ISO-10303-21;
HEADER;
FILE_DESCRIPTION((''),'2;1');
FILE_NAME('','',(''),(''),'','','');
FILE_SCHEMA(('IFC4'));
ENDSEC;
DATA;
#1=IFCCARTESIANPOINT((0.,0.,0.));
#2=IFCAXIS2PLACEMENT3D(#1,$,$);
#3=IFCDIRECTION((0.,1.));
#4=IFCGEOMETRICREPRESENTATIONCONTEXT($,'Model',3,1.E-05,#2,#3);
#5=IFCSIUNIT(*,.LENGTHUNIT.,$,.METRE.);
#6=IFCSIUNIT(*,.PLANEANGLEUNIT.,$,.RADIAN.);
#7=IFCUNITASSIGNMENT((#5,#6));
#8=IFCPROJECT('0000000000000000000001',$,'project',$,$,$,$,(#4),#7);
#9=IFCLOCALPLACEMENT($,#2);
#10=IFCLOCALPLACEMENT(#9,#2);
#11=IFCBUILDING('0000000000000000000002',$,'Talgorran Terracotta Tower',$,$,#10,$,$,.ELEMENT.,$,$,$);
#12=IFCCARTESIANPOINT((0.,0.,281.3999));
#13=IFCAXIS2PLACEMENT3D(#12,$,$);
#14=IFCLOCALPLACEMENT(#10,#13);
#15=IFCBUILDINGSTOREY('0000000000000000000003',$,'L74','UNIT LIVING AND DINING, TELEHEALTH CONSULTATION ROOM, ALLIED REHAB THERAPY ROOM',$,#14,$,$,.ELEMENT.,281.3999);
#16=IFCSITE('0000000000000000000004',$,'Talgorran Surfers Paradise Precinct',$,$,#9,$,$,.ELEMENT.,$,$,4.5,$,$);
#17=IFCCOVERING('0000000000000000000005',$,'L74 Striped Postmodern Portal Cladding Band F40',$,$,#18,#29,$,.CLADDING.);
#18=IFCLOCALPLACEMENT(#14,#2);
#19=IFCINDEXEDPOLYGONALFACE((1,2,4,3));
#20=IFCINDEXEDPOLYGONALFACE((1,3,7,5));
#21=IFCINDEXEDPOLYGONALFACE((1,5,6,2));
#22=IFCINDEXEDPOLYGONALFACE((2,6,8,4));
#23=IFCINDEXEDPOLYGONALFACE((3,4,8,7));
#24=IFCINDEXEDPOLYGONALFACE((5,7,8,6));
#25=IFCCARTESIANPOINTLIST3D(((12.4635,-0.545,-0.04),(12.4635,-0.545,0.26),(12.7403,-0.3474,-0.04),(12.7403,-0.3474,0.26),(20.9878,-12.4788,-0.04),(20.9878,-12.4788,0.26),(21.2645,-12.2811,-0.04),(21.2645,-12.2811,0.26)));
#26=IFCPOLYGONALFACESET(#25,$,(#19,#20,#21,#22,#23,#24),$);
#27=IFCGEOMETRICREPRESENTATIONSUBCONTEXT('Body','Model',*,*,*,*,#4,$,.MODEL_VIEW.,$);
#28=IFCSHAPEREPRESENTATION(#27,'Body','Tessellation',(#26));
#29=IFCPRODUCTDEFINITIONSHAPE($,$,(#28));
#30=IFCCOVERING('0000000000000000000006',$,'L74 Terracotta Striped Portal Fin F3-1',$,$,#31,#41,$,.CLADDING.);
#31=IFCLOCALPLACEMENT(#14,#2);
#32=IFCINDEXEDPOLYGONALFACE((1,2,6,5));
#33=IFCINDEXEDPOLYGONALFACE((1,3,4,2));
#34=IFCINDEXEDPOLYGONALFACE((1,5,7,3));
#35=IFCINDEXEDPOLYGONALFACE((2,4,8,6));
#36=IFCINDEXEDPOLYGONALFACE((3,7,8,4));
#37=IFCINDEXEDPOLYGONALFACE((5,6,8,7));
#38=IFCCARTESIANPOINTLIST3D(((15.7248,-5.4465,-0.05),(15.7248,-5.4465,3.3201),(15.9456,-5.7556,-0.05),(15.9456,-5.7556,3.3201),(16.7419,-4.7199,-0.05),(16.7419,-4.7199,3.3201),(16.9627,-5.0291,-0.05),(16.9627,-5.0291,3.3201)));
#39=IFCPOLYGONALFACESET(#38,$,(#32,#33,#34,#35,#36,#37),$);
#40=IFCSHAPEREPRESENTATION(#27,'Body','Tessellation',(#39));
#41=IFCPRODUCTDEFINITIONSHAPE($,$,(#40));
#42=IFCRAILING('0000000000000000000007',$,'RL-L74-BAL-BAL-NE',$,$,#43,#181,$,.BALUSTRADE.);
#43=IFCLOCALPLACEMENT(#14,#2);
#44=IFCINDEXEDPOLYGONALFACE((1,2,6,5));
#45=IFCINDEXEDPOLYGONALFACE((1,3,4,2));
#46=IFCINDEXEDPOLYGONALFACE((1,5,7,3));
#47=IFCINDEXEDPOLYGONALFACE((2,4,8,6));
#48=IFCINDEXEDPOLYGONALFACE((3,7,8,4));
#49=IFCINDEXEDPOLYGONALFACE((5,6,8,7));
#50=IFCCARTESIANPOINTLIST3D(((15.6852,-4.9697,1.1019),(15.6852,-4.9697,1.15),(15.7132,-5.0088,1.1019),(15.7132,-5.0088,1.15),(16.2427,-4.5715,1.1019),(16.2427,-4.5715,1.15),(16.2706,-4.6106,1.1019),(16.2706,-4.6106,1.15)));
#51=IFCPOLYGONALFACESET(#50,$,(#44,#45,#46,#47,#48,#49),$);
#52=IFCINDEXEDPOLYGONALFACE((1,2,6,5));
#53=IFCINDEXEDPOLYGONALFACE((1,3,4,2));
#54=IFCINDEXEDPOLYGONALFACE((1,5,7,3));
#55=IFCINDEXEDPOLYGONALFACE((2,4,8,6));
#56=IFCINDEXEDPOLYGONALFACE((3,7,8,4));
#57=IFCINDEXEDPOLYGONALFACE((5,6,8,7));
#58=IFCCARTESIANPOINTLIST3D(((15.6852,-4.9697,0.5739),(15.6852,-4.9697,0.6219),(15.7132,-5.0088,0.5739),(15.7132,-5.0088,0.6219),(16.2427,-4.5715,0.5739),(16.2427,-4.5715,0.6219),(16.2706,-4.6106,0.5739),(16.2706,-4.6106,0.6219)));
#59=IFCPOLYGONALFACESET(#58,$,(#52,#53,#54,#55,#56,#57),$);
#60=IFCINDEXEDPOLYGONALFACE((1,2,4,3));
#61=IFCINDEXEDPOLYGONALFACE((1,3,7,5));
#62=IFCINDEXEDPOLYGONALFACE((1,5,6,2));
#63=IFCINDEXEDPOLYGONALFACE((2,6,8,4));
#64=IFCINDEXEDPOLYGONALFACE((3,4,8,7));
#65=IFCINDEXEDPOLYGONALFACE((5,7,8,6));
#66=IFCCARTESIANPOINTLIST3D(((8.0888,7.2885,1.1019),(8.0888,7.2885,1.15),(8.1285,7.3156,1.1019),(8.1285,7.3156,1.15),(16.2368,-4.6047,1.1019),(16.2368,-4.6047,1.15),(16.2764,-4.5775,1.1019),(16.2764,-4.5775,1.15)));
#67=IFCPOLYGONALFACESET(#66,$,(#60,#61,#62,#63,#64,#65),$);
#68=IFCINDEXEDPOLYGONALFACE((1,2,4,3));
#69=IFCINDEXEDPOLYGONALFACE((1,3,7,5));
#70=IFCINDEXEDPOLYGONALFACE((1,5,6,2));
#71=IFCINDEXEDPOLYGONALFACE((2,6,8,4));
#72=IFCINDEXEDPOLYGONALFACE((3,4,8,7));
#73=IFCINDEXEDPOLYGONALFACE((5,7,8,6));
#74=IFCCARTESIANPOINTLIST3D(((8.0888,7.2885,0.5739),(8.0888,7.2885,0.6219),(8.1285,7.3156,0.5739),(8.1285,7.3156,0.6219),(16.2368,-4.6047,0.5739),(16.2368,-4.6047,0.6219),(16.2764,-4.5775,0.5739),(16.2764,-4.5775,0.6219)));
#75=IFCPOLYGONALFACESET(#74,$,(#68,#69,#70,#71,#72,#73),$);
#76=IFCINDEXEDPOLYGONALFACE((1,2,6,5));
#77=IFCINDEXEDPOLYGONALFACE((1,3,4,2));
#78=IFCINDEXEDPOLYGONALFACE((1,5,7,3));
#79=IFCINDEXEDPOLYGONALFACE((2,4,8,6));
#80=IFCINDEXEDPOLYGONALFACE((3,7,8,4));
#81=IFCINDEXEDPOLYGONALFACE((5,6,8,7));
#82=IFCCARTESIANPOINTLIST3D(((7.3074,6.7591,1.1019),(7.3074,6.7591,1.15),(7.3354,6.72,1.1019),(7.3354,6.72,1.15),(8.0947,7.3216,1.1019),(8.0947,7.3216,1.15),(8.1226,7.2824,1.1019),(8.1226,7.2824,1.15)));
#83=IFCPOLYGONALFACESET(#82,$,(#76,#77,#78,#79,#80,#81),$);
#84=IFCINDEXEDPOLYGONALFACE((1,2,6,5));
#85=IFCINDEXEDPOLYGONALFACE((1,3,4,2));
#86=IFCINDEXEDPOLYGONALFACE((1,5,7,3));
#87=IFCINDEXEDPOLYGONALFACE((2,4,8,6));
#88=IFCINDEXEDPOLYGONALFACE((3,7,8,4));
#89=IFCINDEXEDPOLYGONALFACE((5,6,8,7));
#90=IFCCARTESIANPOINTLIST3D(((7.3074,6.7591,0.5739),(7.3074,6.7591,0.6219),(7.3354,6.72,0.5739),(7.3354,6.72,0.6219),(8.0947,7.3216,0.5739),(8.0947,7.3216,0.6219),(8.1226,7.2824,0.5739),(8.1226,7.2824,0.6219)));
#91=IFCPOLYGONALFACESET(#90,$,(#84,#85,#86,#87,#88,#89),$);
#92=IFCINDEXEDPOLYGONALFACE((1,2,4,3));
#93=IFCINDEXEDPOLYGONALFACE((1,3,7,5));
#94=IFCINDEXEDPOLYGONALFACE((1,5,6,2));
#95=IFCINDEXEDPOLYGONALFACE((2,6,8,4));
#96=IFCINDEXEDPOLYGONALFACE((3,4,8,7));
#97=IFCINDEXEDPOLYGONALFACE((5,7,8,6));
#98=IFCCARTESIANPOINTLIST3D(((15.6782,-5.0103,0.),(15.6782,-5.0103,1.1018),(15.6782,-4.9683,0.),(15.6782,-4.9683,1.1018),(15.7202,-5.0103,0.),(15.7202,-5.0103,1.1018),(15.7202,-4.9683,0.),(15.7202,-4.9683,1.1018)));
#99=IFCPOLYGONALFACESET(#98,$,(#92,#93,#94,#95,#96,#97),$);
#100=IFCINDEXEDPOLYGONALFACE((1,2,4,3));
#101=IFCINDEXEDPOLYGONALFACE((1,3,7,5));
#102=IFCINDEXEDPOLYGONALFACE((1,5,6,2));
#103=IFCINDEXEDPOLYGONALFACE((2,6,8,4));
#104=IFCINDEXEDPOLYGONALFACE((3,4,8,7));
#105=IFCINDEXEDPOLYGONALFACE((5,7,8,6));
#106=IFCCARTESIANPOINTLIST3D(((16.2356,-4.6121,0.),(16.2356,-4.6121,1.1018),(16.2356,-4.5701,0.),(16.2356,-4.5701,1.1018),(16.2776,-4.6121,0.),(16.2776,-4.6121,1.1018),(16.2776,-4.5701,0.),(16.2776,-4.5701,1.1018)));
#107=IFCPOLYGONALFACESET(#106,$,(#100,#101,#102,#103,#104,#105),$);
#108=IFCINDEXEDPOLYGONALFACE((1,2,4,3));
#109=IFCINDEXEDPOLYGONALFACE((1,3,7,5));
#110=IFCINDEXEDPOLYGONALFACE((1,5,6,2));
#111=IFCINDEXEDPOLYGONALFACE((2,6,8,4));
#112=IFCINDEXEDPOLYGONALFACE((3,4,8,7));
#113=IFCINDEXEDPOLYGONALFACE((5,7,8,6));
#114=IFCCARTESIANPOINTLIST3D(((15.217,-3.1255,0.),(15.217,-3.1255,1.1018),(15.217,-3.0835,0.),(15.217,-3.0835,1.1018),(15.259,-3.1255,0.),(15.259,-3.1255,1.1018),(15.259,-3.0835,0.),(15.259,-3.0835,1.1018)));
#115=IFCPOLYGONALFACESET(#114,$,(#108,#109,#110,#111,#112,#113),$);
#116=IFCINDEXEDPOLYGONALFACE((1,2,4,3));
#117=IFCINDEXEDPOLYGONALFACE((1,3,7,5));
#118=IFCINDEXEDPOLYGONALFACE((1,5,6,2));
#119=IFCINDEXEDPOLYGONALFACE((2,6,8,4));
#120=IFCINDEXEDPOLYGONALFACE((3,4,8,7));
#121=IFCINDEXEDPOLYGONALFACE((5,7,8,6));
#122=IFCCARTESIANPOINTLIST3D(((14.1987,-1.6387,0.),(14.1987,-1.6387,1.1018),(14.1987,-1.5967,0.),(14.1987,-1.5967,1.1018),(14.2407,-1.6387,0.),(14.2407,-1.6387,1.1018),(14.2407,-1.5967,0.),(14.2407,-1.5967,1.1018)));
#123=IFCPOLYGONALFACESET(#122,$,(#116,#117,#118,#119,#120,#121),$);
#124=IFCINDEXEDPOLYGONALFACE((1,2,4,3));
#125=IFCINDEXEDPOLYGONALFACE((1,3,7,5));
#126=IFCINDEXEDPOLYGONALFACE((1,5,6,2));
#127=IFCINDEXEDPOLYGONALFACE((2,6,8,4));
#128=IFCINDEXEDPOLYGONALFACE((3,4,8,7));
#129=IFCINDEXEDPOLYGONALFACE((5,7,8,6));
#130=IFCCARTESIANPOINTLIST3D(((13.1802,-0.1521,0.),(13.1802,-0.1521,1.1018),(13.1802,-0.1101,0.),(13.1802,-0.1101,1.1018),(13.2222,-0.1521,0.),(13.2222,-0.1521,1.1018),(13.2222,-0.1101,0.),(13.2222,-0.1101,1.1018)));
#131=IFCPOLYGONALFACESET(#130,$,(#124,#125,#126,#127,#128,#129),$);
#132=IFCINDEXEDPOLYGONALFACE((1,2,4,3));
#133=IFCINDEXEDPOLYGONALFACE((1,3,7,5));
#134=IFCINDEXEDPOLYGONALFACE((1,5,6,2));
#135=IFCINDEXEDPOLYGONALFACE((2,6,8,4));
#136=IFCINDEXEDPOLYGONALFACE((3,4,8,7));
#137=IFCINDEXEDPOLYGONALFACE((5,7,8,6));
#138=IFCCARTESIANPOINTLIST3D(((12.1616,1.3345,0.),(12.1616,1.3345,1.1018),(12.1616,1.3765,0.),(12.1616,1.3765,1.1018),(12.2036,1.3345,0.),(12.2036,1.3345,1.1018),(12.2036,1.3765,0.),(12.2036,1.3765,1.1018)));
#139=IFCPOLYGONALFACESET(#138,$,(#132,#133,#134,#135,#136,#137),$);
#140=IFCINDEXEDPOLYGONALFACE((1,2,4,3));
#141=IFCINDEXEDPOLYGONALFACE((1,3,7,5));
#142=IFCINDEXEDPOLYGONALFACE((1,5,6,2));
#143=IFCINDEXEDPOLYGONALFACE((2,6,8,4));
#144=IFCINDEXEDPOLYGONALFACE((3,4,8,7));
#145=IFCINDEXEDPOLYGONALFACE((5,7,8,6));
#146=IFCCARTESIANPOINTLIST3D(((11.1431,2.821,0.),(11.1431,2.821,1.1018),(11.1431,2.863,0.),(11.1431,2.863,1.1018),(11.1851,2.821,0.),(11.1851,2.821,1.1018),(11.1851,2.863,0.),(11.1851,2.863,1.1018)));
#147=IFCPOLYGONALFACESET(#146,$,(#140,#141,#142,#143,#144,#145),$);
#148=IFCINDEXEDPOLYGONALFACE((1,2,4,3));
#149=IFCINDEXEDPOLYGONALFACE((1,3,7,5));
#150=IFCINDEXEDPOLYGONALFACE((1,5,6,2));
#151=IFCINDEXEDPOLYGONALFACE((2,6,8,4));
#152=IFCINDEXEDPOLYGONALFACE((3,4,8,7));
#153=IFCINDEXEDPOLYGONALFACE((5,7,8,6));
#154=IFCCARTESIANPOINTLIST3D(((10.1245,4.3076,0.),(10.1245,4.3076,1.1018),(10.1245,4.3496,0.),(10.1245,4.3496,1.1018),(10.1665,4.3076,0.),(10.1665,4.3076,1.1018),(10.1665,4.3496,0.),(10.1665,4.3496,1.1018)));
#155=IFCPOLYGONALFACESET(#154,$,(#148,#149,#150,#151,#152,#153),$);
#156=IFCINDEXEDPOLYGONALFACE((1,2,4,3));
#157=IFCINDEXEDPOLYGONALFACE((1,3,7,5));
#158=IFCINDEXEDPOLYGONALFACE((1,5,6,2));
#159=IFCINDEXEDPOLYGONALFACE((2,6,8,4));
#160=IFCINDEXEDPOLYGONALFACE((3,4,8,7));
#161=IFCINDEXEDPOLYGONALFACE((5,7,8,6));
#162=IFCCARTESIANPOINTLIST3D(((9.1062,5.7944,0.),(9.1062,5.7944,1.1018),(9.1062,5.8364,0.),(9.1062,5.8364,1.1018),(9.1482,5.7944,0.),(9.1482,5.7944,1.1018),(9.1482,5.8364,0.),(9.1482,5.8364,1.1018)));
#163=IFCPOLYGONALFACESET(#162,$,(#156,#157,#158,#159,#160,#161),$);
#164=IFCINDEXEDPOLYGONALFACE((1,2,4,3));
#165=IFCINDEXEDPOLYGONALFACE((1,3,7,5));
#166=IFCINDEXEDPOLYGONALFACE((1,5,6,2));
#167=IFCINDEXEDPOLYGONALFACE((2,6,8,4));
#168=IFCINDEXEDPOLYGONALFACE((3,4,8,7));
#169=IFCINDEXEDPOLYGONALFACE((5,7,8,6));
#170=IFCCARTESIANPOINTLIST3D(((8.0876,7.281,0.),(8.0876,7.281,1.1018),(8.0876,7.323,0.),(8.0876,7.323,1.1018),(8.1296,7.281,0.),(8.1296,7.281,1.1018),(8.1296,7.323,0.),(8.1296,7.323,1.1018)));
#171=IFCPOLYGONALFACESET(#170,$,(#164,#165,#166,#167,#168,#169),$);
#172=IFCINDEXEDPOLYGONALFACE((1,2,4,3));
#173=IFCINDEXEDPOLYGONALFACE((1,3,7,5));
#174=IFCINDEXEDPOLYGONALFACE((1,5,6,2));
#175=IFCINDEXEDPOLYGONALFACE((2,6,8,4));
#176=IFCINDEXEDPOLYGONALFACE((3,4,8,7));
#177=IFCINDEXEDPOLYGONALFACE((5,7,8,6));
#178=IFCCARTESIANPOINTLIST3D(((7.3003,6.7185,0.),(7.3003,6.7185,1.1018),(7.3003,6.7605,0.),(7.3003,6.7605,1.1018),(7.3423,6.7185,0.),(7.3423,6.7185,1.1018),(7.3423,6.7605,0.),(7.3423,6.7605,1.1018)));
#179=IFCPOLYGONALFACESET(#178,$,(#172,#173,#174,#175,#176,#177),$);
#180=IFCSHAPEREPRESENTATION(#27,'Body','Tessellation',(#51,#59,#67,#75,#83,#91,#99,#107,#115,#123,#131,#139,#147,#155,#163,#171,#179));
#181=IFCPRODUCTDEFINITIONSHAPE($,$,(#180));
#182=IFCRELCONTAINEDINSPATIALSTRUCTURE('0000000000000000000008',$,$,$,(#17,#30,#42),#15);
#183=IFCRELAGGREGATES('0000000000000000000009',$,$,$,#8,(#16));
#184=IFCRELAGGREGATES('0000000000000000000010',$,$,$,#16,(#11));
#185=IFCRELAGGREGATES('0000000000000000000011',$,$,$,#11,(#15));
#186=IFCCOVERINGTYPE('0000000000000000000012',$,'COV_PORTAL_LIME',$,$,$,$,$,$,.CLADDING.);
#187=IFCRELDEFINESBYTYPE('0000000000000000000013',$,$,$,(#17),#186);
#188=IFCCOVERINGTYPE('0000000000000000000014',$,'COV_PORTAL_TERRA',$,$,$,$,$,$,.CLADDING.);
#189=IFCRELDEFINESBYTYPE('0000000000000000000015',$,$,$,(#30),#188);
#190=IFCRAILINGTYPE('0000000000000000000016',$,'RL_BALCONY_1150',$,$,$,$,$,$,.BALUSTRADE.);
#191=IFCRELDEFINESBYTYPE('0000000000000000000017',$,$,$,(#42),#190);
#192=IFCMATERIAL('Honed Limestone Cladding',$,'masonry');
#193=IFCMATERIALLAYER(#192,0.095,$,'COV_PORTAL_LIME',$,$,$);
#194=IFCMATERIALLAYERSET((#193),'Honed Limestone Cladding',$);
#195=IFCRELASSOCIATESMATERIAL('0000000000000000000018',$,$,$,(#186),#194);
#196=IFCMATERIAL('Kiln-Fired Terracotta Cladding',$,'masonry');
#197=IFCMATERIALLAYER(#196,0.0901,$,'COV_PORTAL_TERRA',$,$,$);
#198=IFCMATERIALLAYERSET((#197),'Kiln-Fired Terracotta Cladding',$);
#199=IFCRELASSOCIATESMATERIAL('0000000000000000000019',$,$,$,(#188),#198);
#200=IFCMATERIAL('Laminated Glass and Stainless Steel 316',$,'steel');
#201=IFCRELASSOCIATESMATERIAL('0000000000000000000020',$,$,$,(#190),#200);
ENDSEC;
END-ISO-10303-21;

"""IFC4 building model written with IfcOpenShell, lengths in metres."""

from ifc_helpers import new_model, si_unit, direction, frame, origin, origin_2d, place, context, subcontext, project, spatial, rectangle, extrude, material, layer, layer_set, type_object, element, save


model = new_model("IFC4")

# Units and contexts
model_context = context("Model", 3, precision=1e-05, world=origin(), true_north=direction((0.0, 1.0)))
body_context = subcontext(model_context, "Body", "Model", "MODEL_VIEW")
ifc_project = project(units=[si_unit("LENGTHUNIT", "METRE"), si_unit("PLANEANGLEUNIT", "RADIAN")], contexts=[model_context])

# Site, building, storey
site_placement = place(None, origin())
site = spatial("IfcSite", under=ifc_project, at=site_placement, Name="Talgorran Surfers Paradise Precinct", CompositionType="ELEMENT", RefElevation=4.5)
building_placement = place(site_placement, origin())
building = spatial("IfcBuilding", under=site, at=building_placement, Name="Talgorran Terracotta Tower", CompositionType="ELEMENT")
storey_placement = place(building_placement, frame((0.0, 0.0, 281.3999)))
storey = spatial("IfcBuildingStorey", under=building, at=storey_placement, Name="L74", Description="UNIT LIVING AND DINING, TELEHEALTH CONSULTATION ROOM, ALLIED REHAB THERAPY ROOM", CompositionType="ELEMENT", Elevation=281.3999)

# Coverings
ifc_material_1 = material(Name="Honed Limestone Cladding", Category="masonry")
ifc_layer_1 = layer(ifc_material_1, 0.095, Name="COV_PORTAL_LIME")
ifc_layer_set_1 = layer_set([ifc_layer_1], Name="Honed Limestone Cladding")
covering_type_1 = type_object("IfcCoveringType", Name="COV_PORTAL_LIME", PredefinedType="CLADDING", material=ifc_layer_set_1)
covering_1_placement = place(storey_placement, frame((16.864, -6.4131, -0.04), z_axis=(0.0, 0.0, 1.0), x_axis=(-0.581243, 0.81373, 0.0)))
element("IfcCovering", 1, at=covering_1_placement, inside=storey, type_object=covering_type_1, Name="L74 Striped Postmodern Portal Cladding Band F40", PredefinedType="CLADDING", context=body_context, shape_type="SweptSolid", body=[
    extrude(rectangle(XDim=14.6655, YDim=0.3401, at=origin_2d()), origin(), (0.0, 0.0, 1.0), 0.3),
])
ifc_material_2 = material(Name="Kiln-Fired Terracotta Cladding", Category="masonry")
ifc_layer_2 = layer(ifc_material_2, 0.0901, Name="COV_PORTAL_TERRA")
ifc_layer_set_2 = layer_set([ifc_layer_2], Name="Kiln-Fired Terracotta Cladding")
covering_type_2 = type_object("IfcCoveringType", Name="COV_PORTAL_TERRA", PredefinedType="CLADDING", material=ifc_layer_set_2)
covering_2_placement = place(storey_placement, frame((16.3438, -5.2378, -0.05), z_axis=(0.0, 0.0, 1.0), x_axis=(-0.581257, 0.81372, 0.0)))
element("IfcCovering", 2, at=covering_2_placement, inside=storey, type_object=covering_type_2, Name="L74 Terracotta Striped Portal Fin F3-1", PredefinedType="CLADDING", context=body_context, shape_type="SweptSolid", body=[
    extrude(rectangle(XDim=0.3799, YDim=1.25, at=origin_2d()), origin(), (0.0, 0.0, 1.0), 3.3701),
])

# Railing
ifc_material_3 = material(Name="Laminated Glass and Stainless Steel 316", Category="steel")
railing_type_1 = type_object("IfcRailingType", Name="RL_BALCONY_1150", PredefinedType="BALUSTRADE", material=ifc_material_3)
railing_1_placement = place(storey_placement, frame((15.6992, -4.9893, 0.0)))
element("IfcRailing", 3, at=railing_1_placement, inside=storey, type_object=railing_type_1, Name="RL-L74-BAL-BAL-NE", PredefinedType="BALUSTRADE", context=body_context, shape_type="SweptSolid", body=[
    extrude(rectangle(XDim=0.0481, YDim=0.0481, at=origin_2d()), frame((0.0, 0.0, 1.126), z_axis=(0.813685, 0.581306, 0.0), x_axis=(-0.581306, 0.813685, 0.0)), (0.0, 0.0, 1.0), 0.6851),
    extrude(rectangle(XDim=0.0481, YDim=0.0481, at=origin_2d()), frame((0.0, 0.0, 0.5979), z_axis=(0.813685, 0.581306, 0.0), x_axis=(-0.581306, 0.813685, 0.0)), (0.0, 0.0, 1.0), 0.6851),
    extrude(rectangle(XDim=0.0481, YDim=0.0481, at=origin_2d()), frame((0.5574, 0.3982, 1.126), z_axis=(-0.565184, 0.824965, 0.0), x_axis=(-0.824965, -0.565184, 0.0)), (0.0, 0.0, 1.0), 14.4165),
    extrude(rectangle(XDim=0.0481, YDim=0.0481, at=origin_2d()), frame((0.5574, 0.3982, 0.5979), z_axis=(-0.565184, 0.824965, 0.0), x_axis=(-0.824965, -0.565184, 0.0)), (0.0, 0.0, 1.0), 14.4165),
    extrude(rectangle(XDim=0.0481, YDim=0.0481, at=origin_2d()), frame((-7.5906, 12.2913, 1.126), z_axis=(-0.813682, -0.58131, 0.0), x_axis=(0.58131, -0.813682, 0.0)), (0.0, 0.0, 1.0), 0.9675),
    extrude(rectangle(XDim=0.0481, YDim=0.0481, at=origin_2d()), frame((-7.5906, 12.2913, 0.5979), z_axis=(-0.813682, -0.58131, 0.0), x_axis=(0.58131, -0.813682, 0.0)), (0.0, 0.0, 1.0), 0.9675),
    extrude(rectangle(XDim=0.042, YDim=0.042, at=origin_2d()), origin(), (0.0, 0.0, 1.0), 1.1018),
    extrude(rectangle(XDim=0.042, YDim=0.042, at=origin_2d()), frame((0.5574, 0.3982, 0.0)), (0.0, 0.0, 1.0), 1.1018),
    extrude(rectangle(XDim=0.042, YDim=0.042, at=origin_2d()), frame((-0.4612, 1.8848, 0.0)), (0.0, 0.0, 1.0), 1.1018),
    extrude(rectangle(XDim=0.042, YDim=0.042, at=origin_2d()), frame((-1.4795, 3.3716, 0.0)), (0.0, 0.0, 1.0), 1.1018),
    extrude(rectangle(XDim=0.042, YDim=0.042, at=origin_2d()), frame((-2.498, 4.8582, 0.0)), (0.0, 0.0, 1.0), 1.1018),
    extrude(rectangle(XDim=0.042, YDim=0.042, at=origin_2d()), frame((-3.5166, 6.3447, 0.0)), (0.0, 0.0, 1.0), 1.1018),
    extrude(rectangle(XDim=0.042, YDim=0.042, at=origin_2d()), frame((-4.5352, 7.8313, 0.0)), (0.0, 0.0, 1.0), 1.1018),
    extrude(rectangle(XDim=0.042, YDim=0.042, at=origin_2d()), frame((-5.5537, 9.3179, 0.0)), (0.0, 0.0, 1.0), 1.1018),
    extrude(rectangle(XDim=0.042, YDim=0.042, at=origin_2d()), frame((-6.572, 10.8047, 0.0)), (0.0, 0.0, 1.0), 1.1018),
    extrude(rectangle(XDim=0.042, YDim=0.042, at=origin_2d()), frame((-7.5906, 12.2913, 0.0)), (0.0, 0.0, 1.0), 1.1018),
    extrude(rectangle(XDim=0.042, YDim=0.042, at=origin_2d()), frame((-8.3779, 11.7288, 0.0)), (0.0, 0.0, 1.0), 1.1018),
])

save(model, "model.ifc")
